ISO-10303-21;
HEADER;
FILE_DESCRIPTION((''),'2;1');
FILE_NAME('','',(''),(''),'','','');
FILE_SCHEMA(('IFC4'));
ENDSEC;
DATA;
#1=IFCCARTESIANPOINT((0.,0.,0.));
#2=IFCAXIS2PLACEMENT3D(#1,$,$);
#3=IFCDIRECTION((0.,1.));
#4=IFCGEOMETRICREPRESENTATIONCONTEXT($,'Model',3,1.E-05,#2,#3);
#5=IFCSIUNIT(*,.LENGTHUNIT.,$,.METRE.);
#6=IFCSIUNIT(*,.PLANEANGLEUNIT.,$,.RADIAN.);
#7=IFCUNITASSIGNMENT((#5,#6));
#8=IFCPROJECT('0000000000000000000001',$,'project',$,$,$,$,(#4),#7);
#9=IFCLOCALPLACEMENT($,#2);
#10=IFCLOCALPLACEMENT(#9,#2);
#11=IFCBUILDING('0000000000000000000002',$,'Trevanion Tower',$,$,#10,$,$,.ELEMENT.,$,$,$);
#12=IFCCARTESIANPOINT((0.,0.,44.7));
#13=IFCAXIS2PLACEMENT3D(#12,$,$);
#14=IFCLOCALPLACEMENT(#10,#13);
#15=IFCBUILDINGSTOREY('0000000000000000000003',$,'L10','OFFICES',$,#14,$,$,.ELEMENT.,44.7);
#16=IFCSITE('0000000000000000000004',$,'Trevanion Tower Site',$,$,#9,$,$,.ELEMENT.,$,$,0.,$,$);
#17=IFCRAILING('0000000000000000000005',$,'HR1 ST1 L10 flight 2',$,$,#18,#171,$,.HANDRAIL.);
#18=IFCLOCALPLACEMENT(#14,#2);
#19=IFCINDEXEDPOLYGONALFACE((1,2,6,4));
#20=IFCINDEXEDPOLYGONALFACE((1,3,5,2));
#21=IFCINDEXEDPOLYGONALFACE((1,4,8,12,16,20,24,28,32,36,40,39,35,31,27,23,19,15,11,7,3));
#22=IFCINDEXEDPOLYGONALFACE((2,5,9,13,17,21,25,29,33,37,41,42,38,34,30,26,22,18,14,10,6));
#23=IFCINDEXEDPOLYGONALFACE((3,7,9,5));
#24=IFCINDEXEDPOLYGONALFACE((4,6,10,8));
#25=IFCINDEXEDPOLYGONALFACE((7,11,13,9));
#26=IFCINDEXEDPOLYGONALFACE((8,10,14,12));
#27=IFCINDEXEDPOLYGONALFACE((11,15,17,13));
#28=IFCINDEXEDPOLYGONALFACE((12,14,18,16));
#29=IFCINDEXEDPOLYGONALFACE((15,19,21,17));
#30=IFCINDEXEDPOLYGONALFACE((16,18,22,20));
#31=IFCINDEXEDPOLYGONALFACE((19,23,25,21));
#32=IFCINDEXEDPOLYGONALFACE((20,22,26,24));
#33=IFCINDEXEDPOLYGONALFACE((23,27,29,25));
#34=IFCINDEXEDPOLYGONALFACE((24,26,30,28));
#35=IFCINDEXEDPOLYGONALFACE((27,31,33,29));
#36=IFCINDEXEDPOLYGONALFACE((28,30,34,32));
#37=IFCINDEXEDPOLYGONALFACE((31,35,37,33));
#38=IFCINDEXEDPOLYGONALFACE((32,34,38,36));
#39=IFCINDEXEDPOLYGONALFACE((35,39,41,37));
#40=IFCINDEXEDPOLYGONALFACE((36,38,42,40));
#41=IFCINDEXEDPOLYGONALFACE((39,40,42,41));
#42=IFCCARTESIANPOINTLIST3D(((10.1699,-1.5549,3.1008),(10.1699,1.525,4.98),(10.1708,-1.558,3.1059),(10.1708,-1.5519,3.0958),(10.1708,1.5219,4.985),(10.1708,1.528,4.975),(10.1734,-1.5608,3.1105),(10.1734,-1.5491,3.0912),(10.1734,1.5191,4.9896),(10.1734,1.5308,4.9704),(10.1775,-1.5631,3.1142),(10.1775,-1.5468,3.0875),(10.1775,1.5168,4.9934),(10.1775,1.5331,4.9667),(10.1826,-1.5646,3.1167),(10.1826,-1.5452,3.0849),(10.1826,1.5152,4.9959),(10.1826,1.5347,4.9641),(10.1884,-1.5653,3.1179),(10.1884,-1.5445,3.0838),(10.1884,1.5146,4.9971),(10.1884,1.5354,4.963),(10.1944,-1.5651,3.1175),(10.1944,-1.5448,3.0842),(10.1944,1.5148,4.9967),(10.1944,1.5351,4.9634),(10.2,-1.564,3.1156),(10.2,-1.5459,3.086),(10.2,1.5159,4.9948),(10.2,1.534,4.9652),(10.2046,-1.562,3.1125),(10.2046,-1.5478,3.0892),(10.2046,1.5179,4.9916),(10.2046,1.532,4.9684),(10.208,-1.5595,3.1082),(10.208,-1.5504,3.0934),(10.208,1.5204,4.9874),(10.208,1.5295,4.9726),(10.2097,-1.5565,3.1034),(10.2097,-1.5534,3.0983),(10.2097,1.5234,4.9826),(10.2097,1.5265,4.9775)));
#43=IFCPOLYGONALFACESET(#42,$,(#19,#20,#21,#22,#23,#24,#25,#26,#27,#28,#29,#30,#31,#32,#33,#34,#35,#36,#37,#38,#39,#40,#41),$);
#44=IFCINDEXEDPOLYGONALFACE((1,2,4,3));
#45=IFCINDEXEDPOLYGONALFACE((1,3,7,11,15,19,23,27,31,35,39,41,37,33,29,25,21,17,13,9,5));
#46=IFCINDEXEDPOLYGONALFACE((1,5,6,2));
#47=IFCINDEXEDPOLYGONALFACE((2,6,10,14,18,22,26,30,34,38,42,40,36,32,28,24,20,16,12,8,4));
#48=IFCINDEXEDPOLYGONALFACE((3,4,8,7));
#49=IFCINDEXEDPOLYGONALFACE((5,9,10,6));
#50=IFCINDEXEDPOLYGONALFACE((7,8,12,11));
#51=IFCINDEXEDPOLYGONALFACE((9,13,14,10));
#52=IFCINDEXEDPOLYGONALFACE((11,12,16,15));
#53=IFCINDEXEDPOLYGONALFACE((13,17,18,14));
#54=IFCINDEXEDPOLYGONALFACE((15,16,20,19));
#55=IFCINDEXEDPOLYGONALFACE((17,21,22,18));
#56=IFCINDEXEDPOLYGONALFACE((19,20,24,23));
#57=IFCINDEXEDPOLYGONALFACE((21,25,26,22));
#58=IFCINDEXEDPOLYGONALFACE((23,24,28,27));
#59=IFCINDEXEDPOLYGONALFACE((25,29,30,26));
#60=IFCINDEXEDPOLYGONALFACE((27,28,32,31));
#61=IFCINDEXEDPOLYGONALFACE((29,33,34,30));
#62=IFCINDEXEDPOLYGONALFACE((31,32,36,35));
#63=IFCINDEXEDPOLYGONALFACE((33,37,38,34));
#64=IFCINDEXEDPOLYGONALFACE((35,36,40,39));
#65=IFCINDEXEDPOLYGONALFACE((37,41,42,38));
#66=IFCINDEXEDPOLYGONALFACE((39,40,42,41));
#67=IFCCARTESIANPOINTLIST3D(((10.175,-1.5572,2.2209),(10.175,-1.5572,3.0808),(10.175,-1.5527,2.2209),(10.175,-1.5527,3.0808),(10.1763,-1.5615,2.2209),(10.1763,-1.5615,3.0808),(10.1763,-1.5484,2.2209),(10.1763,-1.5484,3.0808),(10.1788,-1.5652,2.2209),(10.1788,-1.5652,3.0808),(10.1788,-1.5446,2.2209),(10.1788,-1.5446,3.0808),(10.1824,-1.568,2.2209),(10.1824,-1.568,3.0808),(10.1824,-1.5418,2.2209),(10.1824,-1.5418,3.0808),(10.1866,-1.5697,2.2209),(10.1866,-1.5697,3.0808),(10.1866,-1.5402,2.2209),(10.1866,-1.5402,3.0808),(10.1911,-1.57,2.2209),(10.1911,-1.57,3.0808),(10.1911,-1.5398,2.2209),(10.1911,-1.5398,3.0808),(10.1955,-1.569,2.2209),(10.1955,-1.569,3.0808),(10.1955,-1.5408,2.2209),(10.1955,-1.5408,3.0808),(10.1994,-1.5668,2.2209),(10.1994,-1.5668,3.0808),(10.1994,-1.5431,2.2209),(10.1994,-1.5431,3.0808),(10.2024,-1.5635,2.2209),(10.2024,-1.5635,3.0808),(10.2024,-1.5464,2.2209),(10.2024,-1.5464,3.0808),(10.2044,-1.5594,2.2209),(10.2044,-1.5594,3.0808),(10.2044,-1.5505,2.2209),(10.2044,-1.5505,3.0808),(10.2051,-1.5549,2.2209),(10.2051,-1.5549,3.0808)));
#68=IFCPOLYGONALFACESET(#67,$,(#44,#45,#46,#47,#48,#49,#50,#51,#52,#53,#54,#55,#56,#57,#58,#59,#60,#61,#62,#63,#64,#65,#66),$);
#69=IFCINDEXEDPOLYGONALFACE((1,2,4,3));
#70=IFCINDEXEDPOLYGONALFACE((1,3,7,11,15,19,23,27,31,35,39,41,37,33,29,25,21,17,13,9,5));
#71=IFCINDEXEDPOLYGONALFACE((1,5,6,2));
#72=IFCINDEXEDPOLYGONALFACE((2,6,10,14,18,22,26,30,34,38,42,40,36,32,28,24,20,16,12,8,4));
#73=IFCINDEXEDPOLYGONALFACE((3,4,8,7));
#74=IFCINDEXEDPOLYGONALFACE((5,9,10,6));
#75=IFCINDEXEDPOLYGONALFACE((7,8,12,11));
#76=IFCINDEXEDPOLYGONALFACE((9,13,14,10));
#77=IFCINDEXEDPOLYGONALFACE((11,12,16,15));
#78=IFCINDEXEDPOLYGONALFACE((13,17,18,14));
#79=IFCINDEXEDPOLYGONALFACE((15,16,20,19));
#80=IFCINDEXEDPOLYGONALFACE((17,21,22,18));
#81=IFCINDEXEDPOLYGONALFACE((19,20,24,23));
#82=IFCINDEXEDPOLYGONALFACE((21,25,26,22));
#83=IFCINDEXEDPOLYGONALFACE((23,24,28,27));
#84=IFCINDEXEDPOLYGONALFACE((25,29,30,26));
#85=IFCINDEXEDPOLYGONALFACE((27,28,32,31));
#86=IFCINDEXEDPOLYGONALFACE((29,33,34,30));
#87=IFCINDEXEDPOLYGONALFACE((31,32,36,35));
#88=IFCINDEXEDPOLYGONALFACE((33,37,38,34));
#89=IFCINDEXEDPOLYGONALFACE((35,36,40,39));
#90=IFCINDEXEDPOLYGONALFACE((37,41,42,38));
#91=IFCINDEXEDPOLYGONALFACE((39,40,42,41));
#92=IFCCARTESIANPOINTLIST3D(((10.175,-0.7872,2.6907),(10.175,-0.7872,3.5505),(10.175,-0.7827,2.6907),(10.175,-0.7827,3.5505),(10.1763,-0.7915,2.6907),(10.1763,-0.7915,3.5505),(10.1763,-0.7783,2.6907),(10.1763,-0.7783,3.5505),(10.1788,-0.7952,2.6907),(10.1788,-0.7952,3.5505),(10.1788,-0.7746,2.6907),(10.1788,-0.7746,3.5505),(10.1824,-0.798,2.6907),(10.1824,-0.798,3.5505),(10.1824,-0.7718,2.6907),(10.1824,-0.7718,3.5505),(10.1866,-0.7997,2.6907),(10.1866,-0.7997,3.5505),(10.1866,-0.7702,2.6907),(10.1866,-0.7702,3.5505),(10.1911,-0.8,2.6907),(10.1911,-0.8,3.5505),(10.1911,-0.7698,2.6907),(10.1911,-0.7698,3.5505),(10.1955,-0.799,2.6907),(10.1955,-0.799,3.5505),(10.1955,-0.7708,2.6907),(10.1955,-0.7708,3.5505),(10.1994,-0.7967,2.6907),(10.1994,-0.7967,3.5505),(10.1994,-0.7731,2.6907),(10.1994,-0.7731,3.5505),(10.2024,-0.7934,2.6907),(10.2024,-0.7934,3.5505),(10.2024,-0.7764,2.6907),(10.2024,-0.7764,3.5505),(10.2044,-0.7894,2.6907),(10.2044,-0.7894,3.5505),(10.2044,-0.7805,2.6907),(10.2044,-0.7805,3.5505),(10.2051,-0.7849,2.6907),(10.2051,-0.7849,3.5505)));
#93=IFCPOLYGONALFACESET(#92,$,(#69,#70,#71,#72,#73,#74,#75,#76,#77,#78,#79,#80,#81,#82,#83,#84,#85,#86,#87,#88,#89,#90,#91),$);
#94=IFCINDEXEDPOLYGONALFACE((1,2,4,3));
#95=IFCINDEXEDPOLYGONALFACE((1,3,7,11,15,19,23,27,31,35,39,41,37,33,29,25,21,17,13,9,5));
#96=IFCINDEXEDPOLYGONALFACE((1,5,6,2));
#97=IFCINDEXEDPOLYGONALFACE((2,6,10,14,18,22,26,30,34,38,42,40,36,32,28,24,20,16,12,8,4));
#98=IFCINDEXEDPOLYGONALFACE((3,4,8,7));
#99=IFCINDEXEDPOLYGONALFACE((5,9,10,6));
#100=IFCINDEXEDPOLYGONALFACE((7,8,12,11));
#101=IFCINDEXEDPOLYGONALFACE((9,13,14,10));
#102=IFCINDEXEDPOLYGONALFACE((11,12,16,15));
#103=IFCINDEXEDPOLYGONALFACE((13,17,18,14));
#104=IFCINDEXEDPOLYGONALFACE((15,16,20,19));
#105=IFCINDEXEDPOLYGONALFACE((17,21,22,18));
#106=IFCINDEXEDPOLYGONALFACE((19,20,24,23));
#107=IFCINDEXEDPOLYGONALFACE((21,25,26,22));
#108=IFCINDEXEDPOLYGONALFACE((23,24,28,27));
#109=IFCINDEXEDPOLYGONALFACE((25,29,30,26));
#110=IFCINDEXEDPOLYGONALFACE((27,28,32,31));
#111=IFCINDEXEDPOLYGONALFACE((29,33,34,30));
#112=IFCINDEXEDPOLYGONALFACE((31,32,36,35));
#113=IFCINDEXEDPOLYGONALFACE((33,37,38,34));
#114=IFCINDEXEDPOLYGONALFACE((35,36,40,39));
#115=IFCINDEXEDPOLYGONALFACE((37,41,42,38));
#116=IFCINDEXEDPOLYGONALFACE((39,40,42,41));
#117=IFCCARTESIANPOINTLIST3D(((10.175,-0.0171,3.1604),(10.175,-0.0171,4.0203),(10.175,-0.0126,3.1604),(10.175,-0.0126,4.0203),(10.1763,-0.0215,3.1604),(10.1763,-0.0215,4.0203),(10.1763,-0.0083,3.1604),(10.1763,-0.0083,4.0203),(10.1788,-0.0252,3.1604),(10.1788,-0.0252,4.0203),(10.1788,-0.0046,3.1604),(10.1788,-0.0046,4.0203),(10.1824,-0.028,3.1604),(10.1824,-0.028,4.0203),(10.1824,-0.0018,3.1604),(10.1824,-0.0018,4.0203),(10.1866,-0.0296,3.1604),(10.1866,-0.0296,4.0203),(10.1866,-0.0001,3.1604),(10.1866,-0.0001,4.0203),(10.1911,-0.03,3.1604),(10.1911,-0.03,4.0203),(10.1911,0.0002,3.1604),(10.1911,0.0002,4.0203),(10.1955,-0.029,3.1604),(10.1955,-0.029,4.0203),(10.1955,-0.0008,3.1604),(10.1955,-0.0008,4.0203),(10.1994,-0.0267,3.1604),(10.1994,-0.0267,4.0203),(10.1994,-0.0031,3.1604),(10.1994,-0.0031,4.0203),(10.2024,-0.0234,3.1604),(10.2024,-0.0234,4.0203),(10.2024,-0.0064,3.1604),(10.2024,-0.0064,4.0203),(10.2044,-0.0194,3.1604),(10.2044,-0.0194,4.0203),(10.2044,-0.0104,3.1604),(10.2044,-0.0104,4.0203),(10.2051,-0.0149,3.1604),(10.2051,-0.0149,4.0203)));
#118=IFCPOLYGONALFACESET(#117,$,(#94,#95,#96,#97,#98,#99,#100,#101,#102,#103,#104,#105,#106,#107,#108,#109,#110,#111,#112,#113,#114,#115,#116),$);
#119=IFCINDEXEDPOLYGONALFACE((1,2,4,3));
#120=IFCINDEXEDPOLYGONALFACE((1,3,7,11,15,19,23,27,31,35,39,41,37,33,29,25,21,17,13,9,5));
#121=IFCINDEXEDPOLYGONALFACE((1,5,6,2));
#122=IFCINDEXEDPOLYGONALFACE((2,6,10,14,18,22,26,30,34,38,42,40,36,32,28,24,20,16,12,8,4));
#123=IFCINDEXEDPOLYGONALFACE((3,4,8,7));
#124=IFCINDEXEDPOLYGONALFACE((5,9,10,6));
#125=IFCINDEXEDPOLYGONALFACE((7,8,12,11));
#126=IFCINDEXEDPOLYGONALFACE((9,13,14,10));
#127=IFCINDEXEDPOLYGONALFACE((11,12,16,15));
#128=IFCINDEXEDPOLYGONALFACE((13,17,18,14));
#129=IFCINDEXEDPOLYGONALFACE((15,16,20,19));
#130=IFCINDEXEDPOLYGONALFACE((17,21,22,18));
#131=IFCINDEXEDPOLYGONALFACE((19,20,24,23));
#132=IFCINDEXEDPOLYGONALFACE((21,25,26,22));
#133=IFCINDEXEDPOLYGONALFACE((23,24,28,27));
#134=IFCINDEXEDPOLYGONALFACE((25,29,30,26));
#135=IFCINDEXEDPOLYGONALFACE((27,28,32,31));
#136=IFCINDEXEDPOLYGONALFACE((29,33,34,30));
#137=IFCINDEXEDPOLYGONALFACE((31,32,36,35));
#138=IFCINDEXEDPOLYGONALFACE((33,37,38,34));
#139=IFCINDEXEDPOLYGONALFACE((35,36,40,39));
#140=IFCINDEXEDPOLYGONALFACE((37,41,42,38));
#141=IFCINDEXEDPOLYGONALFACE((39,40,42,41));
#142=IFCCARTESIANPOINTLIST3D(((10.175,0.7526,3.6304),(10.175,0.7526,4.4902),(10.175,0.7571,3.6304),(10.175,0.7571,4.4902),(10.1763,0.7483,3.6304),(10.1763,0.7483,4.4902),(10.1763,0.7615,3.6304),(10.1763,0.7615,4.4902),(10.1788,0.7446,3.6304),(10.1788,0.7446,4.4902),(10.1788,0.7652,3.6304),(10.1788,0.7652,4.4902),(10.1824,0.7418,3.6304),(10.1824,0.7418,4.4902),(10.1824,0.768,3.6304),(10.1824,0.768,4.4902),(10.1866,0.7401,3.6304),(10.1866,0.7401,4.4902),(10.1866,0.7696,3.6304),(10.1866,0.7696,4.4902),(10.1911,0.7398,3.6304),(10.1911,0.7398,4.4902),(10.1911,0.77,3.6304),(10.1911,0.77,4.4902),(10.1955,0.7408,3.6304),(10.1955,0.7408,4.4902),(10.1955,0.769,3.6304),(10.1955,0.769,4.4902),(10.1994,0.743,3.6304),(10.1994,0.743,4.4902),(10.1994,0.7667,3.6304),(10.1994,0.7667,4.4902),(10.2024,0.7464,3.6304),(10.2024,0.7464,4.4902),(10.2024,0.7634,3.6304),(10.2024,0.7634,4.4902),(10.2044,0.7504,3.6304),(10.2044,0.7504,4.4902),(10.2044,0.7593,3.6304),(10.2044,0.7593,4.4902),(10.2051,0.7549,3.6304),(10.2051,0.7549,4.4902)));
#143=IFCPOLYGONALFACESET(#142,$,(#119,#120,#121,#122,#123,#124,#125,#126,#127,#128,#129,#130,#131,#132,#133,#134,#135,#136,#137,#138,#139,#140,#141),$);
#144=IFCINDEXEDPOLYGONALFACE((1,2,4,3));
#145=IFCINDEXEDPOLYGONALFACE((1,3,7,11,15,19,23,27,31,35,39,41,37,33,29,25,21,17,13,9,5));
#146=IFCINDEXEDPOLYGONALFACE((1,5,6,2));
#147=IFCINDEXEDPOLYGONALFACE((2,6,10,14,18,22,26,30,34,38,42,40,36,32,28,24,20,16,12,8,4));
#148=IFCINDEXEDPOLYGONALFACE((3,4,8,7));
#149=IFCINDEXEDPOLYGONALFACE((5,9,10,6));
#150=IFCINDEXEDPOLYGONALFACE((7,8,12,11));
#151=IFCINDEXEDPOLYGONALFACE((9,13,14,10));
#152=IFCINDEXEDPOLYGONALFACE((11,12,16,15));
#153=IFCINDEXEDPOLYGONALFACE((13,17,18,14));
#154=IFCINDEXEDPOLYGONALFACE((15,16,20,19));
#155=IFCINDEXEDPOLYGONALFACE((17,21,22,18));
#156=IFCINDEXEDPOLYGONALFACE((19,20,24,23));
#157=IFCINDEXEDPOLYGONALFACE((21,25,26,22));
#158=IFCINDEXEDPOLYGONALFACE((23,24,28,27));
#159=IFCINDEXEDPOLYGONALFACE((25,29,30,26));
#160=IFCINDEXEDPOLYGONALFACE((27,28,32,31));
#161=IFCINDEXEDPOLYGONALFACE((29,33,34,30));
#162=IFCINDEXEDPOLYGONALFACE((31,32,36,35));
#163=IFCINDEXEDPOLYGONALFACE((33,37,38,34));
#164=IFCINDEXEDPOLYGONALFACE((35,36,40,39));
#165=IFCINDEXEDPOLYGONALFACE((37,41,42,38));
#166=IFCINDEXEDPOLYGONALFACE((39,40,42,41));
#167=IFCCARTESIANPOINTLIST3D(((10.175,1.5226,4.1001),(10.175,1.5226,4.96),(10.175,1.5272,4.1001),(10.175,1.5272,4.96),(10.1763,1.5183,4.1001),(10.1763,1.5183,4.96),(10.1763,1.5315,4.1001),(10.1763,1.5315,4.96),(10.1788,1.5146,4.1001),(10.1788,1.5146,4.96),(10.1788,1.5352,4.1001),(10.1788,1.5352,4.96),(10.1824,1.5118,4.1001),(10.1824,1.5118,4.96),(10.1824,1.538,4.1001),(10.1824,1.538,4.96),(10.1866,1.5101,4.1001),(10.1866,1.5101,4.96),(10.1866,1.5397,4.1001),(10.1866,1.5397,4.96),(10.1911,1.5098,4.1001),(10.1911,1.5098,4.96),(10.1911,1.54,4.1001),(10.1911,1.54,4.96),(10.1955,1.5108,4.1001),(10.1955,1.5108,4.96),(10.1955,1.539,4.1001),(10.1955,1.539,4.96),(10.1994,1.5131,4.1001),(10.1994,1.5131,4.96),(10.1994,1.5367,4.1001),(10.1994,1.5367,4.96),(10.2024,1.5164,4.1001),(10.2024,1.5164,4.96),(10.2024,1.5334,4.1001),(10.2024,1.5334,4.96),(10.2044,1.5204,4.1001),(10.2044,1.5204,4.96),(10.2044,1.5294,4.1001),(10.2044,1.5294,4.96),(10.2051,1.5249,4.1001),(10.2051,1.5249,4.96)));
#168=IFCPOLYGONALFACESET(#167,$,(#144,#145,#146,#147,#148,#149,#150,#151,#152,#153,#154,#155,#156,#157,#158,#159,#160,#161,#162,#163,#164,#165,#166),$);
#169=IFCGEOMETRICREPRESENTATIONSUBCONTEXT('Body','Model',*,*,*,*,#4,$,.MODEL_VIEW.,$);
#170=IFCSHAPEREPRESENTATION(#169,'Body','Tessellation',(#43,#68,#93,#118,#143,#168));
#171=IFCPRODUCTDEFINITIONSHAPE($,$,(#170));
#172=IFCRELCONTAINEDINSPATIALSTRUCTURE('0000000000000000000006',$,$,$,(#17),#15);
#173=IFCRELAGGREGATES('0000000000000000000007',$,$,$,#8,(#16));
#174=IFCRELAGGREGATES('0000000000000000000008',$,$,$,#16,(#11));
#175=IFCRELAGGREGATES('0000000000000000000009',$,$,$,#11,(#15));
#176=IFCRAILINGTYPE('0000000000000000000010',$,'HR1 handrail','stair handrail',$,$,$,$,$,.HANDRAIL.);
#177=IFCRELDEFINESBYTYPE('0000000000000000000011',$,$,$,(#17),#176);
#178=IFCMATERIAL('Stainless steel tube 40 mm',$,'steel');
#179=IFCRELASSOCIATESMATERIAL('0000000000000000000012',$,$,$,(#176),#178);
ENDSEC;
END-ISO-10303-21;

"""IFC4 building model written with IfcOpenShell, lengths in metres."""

from ifc_helpers import new_model, si_unit, direction, frame, origin, origin_2d, place, context, subcontext, project, spatial, circle, extrude, material, type_object, element, save


model = new_model("IFC4")

# Units and contexts
model_context = context("Model", 3, precision=1e-05, world=origin(), true_north=direction((0.0, 1.0)))
body_context = subcontext(model_context, "Body", "Model", "MODEL_VIEW")
ifc_project = project(units=[si_unit("LENGTHUNIT", "METRE"), si_unit("PLANEANGLEUNIT", "RADIAN")], contexts=[model_context])

# Site, building, storey
site_placement = place(None, origin())
site = spatial("IfcSite", under=ifc_project, at=site_placement, Name="Trevanion Tower Site", CompositionType="ELEMENT", RefElevation=0.0)
building_placement = place(site_placement, origin())
building = spatial("IfcBuilding", under=site, at=building_placement, Name="Trevanion Tower", CompositionType="ELEMENT")
storey_placement = place(building_placement, frame((0.0, 0.0, 44.7)))
storey = spatial("IfcBuildingStorey", under=building, at=storey_placement, Name="L10", Description="OFFICES", CompositionType="ELEMENT", Elevation=44.7)

# Railing
ifc_material_1 = material(Name="Stainless steel tube 40 mm", Category="steel")
railing_type = type_object("IfcRailingType", Name="HR1 handrail", Description="stair handrail", PredefinedType="HANDRAIL", material=ifc_material_1)
for number, where, name in (
    (1, (10.1899, -1.5549, 2.2209), "HR1 ST1 L10 flight 2"),
):
    element("IfcRailing", number, at=place(storey_placement, frame(where)), inside=storey, type_object=railing_type, Name=name, PredefinedType="HANDRAIL", context=body_context, shape_type="SweptSolid", body=[
        extrude(circle(Radius=0.02, at=origin_2d()), frame((0.0, 0.0, 0.8799), z_axis=(0.0, 0.853648, 0.52085), x_axis=(-1.0, 0.0, 0.0)), (0.0, 0.0, 1.0), 3.6079),
        extrude(circle(Radius=0.0151, at=origin_2d()), origin(), (0.0, 0.0, 1.0), 0.8599),
        extrude(circle(Radius=0.0151, at=origin_2d()), frame((0.0, 0.77, 0.4697)), (0.0, 0.0, 1.0), 0.8599),
        extrude(circle(Radius=0.0151, at=origin_2d()), frame((0.0, 1.54, 0.9395)), (0.0, 0.0, 1.0), 0.8599),
        extrude(circle(Radius=0.0151, at=origin_2d()), frame((0.0, 2.3098, 1.4094)), (0.0, 0.0, 1.0), 0.8599),
        extrude(circle(Radius=0.0151, at=origin_2d()), frame((0.0, 3.0798, 1.8792)), (0.0, 0.0, 1.0), 0.8599),
    ])

save(model, "model.ifc")
